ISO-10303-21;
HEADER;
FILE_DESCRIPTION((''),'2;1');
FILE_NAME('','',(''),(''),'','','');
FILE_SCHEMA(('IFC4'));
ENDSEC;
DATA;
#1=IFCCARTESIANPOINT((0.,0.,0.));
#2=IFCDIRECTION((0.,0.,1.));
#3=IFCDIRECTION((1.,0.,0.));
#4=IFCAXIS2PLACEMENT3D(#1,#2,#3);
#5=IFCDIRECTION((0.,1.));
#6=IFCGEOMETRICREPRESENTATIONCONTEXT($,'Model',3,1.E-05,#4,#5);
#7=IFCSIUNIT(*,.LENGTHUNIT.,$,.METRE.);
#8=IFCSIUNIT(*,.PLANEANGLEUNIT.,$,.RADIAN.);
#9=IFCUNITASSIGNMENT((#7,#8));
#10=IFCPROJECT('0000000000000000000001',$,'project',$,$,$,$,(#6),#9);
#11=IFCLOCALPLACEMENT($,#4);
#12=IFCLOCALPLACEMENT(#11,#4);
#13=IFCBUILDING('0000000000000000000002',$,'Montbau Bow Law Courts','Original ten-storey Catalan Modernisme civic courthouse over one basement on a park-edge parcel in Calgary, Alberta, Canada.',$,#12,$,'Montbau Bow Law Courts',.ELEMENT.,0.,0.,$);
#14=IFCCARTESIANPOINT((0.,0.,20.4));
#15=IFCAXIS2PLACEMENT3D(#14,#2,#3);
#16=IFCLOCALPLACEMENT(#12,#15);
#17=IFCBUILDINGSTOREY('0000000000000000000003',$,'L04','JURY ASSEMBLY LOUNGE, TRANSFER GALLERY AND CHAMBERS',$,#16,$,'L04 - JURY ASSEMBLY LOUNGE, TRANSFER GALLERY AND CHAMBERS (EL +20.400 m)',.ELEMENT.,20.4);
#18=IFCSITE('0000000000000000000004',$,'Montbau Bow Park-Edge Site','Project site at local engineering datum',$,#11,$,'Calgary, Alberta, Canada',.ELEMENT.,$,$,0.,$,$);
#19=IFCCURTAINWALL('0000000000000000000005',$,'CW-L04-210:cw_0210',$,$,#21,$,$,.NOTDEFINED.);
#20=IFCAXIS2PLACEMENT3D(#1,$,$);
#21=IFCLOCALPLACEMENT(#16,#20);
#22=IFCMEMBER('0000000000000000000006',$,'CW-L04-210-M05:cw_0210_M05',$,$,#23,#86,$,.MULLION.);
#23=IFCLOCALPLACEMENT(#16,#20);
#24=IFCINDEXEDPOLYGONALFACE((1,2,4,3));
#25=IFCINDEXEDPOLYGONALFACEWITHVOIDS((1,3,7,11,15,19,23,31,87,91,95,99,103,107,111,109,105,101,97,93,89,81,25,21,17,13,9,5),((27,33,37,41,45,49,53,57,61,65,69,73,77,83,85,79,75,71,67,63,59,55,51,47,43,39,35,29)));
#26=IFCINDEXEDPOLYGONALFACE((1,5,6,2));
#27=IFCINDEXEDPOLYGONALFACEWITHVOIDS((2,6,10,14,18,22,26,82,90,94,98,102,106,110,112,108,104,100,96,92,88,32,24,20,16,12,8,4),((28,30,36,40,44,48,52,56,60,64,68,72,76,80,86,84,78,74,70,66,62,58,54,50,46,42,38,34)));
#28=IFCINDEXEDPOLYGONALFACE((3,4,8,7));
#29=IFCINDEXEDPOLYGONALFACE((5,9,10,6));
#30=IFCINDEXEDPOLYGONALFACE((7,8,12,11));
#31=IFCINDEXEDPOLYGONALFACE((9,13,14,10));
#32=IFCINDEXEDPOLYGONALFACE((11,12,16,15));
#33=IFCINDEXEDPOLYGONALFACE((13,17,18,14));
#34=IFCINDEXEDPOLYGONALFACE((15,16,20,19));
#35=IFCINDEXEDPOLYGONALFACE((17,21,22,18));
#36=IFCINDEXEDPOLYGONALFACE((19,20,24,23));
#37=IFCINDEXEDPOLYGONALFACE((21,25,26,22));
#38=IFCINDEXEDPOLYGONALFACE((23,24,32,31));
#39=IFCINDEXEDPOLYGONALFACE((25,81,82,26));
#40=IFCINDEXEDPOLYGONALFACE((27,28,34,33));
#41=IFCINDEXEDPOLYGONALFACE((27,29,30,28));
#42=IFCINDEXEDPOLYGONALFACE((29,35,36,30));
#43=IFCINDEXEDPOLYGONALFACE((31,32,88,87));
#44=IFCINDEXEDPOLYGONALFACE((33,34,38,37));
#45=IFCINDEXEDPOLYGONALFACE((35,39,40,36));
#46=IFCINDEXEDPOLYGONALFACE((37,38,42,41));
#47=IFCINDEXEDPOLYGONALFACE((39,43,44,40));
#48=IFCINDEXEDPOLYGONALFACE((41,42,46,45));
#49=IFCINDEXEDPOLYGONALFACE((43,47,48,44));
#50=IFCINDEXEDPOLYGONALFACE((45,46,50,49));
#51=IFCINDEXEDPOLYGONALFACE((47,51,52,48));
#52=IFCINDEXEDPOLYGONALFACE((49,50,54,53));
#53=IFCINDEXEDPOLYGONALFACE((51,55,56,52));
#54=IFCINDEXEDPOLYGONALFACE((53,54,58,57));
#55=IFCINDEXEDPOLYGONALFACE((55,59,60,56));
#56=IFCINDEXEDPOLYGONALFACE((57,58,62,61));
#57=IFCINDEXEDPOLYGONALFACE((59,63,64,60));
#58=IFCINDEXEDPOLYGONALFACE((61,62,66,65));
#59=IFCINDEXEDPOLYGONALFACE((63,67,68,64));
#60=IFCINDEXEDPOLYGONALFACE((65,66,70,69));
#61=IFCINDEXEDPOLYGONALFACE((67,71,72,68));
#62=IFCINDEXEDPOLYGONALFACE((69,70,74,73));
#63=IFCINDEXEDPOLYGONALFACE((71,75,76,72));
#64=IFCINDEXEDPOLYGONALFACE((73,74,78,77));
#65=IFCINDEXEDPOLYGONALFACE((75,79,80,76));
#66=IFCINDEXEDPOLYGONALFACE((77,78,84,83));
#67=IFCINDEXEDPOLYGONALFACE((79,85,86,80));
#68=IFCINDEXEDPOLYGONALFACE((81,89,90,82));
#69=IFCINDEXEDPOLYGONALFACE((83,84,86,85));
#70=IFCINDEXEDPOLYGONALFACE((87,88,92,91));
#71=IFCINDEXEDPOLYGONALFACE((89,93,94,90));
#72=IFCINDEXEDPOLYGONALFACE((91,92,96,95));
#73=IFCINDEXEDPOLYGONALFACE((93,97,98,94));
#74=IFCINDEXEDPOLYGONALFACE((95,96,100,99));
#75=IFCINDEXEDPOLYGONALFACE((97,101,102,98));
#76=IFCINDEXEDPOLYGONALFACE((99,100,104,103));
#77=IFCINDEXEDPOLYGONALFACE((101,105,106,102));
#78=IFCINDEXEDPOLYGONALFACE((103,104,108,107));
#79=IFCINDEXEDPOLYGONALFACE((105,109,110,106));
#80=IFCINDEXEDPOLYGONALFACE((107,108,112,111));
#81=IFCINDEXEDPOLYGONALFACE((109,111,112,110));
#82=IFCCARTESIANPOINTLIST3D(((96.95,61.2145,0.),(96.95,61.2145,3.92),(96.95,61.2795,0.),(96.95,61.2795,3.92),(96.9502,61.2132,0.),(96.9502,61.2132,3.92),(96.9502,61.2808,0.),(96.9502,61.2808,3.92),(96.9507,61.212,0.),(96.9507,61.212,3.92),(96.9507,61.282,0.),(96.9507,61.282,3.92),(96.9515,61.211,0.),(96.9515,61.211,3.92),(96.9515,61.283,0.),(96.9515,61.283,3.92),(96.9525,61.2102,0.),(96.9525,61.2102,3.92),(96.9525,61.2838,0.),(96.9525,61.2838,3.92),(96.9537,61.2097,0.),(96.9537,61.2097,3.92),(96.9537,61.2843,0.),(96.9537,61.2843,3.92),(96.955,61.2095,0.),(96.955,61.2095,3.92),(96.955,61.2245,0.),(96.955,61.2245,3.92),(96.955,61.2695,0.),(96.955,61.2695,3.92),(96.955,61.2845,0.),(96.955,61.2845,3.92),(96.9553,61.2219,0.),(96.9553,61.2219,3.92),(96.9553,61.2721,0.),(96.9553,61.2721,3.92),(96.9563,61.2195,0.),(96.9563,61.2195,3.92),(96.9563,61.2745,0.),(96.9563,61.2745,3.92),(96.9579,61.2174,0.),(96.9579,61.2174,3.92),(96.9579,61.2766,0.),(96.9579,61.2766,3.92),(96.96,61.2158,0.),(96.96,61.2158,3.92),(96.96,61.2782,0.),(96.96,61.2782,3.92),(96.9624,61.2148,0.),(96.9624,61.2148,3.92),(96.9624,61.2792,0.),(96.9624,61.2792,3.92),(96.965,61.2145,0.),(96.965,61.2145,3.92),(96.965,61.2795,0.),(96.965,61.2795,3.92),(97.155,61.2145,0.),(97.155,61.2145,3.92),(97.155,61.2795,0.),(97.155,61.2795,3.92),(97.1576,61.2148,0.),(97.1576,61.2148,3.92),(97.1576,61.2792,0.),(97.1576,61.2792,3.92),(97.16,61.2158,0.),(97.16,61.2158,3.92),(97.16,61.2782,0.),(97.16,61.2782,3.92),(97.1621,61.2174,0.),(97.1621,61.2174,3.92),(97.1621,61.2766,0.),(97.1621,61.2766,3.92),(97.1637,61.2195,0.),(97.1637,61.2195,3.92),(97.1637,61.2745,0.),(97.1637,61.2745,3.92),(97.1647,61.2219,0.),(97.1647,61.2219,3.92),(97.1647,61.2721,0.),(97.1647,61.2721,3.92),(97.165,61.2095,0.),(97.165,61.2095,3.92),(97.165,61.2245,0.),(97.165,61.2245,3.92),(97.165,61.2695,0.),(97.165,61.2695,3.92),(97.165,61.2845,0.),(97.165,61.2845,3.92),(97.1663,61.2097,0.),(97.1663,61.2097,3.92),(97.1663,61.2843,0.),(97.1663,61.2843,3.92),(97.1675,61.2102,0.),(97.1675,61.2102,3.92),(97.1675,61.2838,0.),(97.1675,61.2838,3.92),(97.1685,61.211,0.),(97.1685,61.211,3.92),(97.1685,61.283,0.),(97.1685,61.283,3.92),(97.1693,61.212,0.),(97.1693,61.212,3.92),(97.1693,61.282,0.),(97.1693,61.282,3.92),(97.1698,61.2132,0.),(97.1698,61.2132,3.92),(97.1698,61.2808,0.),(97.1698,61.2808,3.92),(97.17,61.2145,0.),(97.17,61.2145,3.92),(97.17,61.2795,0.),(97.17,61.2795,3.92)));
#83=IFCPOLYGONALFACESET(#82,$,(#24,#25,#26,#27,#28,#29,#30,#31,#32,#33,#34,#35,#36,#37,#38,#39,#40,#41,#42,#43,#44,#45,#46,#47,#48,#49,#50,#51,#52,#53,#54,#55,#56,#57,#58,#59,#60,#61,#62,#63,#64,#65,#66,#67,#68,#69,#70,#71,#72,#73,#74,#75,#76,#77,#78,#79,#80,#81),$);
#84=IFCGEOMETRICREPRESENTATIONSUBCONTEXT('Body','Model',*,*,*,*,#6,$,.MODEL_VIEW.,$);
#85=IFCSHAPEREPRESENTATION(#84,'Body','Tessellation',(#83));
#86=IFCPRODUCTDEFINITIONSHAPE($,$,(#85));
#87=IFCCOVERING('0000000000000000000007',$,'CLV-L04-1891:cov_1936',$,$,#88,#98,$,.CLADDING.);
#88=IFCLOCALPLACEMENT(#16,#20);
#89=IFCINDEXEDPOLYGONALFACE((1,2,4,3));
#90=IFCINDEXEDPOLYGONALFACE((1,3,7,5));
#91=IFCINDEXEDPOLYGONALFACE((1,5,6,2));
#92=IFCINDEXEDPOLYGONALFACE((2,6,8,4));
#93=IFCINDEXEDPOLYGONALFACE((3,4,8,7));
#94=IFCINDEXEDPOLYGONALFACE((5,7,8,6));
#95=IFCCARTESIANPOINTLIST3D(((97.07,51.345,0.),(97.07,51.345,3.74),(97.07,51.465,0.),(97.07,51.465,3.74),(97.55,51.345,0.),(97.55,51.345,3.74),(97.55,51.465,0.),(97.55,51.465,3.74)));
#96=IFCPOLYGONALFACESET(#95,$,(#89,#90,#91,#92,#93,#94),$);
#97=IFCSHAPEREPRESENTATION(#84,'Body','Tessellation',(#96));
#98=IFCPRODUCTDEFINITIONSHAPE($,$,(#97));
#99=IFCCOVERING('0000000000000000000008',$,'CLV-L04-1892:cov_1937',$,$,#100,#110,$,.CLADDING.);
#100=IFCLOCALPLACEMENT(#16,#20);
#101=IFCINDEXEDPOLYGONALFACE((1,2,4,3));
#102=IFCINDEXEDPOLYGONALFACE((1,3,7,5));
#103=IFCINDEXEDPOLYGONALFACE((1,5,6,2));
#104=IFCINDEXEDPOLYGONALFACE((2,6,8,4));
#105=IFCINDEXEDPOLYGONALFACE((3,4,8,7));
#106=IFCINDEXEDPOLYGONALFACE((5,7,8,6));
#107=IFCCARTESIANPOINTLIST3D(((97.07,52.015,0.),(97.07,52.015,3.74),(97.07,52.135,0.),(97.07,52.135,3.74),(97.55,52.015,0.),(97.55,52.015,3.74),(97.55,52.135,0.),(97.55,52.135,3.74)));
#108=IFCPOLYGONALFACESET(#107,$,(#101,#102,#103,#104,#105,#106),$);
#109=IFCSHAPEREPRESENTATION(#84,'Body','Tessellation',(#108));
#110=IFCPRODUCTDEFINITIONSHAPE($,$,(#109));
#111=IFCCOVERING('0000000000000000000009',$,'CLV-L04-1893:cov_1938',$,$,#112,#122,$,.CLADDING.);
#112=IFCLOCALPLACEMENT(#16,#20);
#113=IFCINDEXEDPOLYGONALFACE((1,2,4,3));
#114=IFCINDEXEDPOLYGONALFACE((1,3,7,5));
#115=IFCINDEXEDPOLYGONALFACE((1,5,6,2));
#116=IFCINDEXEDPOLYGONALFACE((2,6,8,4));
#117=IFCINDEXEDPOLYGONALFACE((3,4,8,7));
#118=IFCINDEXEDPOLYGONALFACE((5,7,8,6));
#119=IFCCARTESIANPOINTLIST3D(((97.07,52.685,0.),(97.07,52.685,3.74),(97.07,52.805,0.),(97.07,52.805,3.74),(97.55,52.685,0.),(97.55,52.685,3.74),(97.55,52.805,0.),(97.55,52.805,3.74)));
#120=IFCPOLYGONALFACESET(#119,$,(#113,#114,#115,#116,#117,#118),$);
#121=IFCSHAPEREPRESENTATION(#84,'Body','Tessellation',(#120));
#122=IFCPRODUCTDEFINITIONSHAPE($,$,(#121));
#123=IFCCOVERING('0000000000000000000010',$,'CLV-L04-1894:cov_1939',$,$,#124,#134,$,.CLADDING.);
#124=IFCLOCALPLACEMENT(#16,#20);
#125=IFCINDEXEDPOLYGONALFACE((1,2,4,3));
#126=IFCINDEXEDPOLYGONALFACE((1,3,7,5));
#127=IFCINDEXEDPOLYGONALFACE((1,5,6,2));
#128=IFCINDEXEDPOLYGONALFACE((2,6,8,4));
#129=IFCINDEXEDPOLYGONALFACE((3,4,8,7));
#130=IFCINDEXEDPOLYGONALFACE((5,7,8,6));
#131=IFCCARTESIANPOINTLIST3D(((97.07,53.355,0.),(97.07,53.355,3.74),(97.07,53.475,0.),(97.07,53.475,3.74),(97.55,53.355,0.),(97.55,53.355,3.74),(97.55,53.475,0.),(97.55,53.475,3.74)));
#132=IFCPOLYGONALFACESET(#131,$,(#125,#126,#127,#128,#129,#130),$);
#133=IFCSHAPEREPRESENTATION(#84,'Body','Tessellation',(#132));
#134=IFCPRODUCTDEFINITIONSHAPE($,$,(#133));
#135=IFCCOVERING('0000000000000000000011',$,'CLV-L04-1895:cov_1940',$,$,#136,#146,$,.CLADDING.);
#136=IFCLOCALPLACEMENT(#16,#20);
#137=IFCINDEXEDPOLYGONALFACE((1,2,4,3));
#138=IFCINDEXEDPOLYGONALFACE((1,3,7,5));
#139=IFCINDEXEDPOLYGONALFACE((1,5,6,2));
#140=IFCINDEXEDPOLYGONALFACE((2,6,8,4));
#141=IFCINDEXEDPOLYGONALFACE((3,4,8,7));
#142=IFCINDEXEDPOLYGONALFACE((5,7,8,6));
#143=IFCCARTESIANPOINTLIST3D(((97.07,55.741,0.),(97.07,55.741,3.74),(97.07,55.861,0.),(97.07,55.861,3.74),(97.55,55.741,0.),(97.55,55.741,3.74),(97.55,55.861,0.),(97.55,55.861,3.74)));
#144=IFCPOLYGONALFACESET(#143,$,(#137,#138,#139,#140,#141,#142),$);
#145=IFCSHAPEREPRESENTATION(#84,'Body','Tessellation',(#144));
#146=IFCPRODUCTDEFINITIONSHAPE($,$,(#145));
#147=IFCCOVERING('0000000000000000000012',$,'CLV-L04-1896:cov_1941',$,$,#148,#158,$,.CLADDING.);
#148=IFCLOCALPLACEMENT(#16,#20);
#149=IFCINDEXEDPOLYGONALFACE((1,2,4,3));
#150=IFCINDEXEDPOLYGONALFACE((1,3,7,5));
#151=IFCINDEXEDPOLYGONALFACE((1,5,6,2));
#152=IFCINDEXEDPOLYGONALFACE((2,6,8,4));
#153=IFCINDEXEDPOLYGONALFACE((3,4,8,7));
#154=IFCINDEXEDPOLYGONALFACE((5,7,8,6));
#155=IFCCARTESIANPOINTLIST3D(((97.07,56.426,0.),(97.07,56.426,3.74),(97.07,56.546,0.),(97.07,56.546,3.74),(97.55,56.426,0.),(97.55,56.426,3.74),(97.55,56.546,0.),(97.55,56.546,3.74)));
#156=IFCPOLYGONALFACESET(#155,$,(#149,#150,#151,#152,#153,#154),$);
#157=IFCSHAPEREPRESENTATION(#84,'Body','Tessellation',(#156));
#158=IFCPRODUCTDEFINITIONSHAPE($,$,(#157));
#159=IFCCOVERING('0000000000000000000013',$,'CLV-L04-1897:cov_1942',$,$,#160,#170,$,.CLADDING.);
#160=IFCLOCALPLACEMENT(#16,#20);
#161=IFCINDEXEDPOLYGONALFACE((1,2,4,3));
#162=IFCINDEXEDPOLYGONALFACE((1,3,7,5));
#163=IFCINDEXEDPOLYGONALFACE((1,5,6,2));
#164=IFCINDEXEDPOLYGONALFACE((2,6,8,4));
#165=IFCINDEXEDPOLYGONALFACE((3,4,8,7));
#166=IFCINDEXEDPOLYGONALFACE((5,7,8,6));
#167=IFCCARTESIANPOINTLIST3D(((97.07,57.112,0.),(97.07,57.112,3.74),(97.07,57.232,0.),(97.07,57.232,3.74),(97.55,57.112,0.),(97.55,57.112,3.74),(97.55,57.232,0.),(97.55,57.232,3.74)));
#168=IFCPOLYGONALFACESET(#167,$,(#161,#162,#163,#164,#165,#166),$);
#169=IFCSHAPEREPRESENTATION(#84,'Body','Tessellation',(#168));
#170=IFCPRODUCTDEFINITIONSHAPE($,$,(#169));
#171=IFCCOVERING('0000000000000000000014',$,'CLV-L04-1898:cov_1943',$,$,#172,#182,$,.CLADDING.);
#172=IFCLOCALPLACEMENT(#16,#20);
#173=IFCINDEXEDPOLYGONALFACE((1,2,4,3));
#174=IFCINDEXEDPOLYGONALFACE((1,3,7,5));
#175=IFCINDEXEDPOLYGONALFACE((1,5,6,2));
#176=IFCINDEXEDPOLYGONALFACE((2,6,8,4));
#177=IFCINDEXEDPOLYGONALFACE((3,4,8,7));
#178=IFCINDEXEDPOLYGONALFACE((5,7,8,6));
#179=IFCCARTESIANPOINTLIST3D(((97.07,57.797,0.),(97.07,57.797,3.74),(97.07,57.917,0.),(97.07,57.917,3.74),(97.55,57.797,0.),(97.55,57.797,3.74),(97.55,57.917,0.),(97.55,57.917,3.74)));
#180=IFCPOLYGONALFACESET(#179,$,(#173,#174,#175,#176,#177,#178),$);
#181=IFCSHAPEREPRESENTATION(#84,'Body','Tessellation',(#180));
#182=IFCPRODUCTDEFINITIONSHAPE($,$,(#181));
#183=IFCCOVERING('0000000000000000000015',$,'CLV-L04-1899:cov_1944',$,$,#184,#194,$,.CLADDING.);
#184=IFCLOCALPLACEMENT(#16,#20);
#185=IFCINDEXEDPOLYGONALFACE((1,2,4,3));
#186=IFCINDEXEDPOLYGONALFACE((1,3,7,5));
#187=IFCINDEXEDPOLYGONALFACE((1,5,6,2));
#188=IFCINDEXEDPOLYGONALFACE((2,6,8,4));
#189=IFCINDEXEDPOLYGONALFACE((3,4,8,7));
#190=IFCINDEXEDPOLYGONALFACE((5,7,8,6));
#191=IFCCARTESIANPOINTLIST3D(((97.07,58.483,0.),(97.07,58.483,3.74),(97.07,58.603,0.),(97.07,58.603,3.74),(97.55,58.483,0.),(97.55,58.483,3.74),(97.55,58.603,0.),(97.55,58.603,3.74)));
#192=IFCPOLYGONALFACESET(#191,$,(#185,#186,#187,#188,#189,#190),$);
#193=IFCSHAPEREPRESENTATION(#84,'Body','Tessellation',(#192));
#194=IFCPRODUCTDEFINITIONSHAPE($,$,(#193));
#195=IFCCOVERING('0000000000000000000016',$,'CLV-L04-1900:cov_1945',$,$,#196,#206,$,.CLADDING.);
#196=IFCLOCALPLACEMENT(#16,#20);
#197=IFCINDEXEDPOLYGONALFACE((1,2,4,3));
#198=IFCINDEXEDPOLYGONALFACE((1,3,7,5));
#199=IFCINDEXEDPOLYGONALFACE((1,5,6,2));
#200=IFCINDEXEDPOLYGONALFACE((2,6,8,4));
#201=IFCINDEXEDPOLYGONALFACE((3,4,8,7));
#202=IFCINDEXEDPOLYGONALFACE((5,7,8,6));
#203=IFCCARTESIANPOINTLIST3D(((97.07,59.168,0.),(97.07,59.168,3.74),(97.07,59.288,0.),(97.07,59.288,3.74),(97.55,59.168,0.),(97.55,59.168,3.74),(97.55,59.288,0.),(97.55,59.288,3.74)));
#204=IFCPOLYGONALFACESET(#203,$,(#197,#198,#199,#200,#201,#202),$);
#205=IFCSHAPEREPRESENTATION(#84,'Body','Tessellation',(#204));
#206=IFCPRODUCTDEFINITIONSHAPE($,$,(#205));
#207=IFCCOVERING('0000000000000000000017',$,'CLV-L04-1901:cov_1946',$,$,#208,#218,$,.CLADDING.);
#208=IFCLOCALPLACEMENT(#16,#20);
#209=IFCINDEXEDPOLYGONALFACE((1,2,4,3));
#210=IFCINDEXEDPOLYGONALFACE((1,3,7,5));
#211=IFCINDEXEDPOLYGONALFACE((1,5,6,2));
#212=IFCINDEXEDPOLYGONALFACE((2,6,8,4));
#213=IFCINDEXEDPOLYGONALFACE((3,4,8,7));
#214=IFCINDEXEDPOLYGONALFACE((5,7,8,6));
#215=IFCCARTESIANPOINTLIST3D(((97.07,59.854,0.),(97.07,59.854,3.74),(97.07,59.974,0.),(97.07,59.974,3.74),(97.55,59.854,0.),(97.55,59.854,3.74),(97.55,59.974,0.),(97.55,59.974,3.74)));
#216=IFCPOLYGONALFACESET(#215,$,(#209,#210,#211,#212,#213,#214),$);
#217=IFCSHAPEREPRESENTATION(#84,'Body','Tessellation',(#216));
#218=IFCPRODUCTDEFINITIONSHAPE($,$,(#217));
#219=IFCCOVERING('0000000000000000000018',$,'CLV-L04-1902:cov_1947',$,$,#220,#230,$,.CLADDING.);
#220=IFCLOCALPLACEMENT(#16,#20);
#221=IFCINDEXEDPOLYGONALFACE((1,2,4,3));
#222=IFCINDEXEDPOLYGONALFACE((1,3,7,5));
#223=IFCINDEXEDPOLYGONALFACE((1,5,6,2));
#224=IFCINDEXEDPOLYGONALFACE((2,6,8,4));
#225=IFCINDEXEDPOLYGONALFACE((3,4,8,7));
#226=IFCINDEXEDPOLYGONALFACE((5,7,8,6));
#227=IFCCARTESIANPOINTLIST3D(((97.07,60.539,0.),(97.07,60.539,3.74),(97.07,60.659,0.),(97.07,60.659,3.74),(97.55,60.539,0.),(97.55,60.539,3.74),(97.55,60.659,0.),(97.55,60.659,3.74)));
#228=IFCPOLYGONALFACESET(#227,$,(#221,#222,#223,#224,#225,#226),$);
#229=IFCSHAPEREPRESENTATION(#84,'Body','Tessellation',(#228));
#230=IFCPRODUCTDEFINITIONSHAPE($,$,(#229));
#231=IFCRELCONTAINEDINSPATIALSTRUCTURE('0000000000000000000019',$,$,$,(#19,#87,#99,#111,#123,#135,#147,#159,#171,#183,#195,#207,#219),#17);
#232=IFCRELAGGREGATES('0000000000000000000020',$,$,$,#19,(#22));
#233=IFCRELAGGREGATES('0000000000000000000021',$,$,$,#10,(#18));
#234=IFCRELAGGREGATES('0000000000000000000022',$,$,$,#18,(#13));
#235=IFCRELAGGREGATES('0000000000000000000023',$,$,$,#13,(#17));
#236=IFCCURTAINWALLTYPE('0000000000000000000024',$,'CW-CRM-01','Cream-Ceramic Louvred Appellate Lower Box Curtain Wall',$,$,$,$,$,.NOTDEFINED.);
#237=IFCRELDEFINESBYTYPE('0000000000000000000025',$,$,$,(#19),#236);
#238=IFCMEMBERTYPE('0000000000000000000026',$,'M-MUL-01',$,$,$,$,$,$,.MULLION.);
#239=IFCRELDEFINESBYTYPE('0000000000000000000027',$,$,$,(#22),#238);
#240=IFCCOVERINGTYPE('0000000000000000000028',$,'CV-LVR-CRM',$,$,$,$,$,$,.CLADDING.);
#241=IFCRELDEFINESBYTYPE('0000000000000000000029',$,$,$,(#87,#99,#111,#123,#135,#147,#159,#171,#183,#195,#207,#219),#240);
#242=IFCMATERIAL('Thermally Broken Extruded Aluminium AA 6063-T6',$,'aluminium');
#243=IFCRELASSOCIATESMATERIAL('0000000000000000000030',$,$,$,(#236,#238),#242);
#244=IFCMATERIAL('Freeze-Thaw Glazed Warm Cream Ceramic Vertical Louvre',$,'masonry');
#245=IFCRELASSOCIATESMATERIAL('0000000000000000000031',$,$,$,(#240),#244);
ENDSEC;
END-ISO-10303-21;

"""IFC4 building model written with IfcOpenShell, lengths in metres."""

from ifc_helpers import new_model, si_unit, direction, frame, frame_2d, origin_with_axes, origin_2d_with_axis, place, context, subcontext, project, spatial, rectangle, hollow_rectangle, extrude, material, material_profile, profile_set, type_object, element, aggregate, save


model = new_model("IFC4")

# Units and contexts
model_context = context("Model", 3, precision=1e-05, world=origin_with_axes(), true_north=direction((0.0, 1.0)))
body_context = subcontext(model_context, "Body", "Model", "MODEL_VIEW")
ifc_project = project(units=[si_unit("LENGTHUNIT", "METRE"), si_unit("PLANEANGLEUNIT", "RADIAN")], contexts=[model_context])

# Site, building, storey
site_placement = place(None, origin_with_axes())
site = spatial("IfcSite", under=ifc_project, at=site_placement, Name="Montbau Bow Park-Edge Site", Description="Project site at local engineering datum", LongName="Calgary, Alberta, Canada", CompositionType="ELEMENT", RefElevation=0.0)
building_placement = place(site_placement, origin_with_axes())
building = spatial("IfcBuilding", under=site, at=building_placement, Name="Montbau Bow Law Courts", Description="Original ten-storey Catalan Modernisme civic courthouse over one basement on a park-edge parcel in Calgary, Alberta, Canada.", LongName="Montbau Bow Law Courts", CompositionType="ELEMENT", ElevationOfRefHeight=0.0, ElevationOfTerrain=0.0)
storey_placement = place(building_placement, frame((0.0, 0.0, 20.4), z_axis=(0.0, 0.0, 1.0), x_axis=(1.0, 0.0, 0.0)))
storey = spatial("IfcBuildingStorey", under=building, at=storey_placement, Name="L04", Description="JURY ASSEMBLY LOUNGE, TRANSFER GALLERY AND CHAMBERS", LongName="L04 - JURY ASSEMBLY LOUNGE, TRANSFER GALLERY AND CHAMBERS (EL +20.400 m)", CompositionType="ELEMENT", Elevation=20.4)

# Curtain wall, member
ifc_material_1 = material(Name="Thermally Broken Extruded Aluminium AA 6063-T6", Category="aluminium")
curtain_wall_type = type_object("IfcCurtainWallType", Name="CW-CRM-01", Description="Cream-Ceramic Louvred Appellate Lower Box Curtain Wall", PredefinedType="NOTDEFINED", material=ifc_material_1)
curtain_wall_placement = place(None, frame((97.06, 55.115, 20.4), z_axis=(0.0, 0.0, 1.0), x_axis=(1.0, 0.0, 0.0)))
curtain_wall = element("IfcCurtainWall", 1, at=curtain_wall_placement, inside=storey, type_object=curtain_wall_type, Name="CW-L04-210:cw_0210", PredefinedType="NOTDEFINED")
ifc_material_profile_1 = material_profile(ifc_material_1, hollow_rectangle(XDim=0.075, YDim=0.22, WallThickness=0.005, InnerFilletRadius=0.01, OuterFilletRadius=0.005, at=origin_2d_with_axis()), Name="CWM-220X75", Category="Main", Priority=0)
ifc_profile_set_1 = profile_set([ifc_material_profile_1], Name="Thermally Broken Extruded Aluminium AA 6063-T6")
member_type = type_object("IfcMemberType", Name="M-MUL-01", PredefinedType="MULLION", material=ifc_profile_set_1)
member_placement = place(None, frame((97.06, 61.247, 20.4), z_axis=(0.0, 0.0, 1.0), x_axis=(0.0, 1.0, 0.0)))
member = element("IfcMember", 2, at=member_placement, type_object=member_type, Name="CW-L04-210-M05:cw_0210_M05", PredefinedType="MULLION", context=body_context, shape_type="SweptSolid", body=[
    extrude(hollow_rectangle(XDim=0.075, YDim=0.22, WallThickness=0.005, InnerFilletRadius=0.01, OuterFilletRadius=0.005, at=origin_2d_with_axis()), origin_with_axes(), (0.0, 0.0, 1.0), 3.92),
])
aggregate(curtain_wall, [member])

# Coverings
ifc_material_2 = material(Name="Freeze-Thaw Glazed Warm Cream Ceramic Vertical Louvre", Category="masonry")
covering_type = type_object("IfcCoveringType", Name="CV-LVR-CRM", PredefinedType="CLADDING", material=ifc_material_2)
for number, where, z_axis, x_axis, name in (
    (3, (97.07, 51.405, 20.4), (0.0, -1.0, 0.0), (1.0, 0.0, 0.0), "CLV-L04-1891:cov_1936"),
    (4, (97.07, 52.075, 20.4), (0.0, -1.0, 0.0), (1.0, 0.0, 0.0), "CLV-L04-1892:cov_1937"),
    (5, (97.07, 52.745, 20.4), (0.0, -1.0, 0.0), (1.0, 0.0, 0.0), "CLV-L04-1893:cov_1938"),
    (6, (97.07, 53.415, 20.4), (0.0, -1.0, 0.0), (1.0, 0.0, 0.0), "CLV-L04-1894:cov_1939"),
    (7, (97.07, 55.801, 20.4), (0.0, -1.0, 0.0), (1.0, 0.0, 0.0), "CLV-L04-1895:cov_1940"),
    (8, (97.07, 56.486, 20.4), (0.0, -1.0, 0.0), (1.0, 0.0, 0.0), "CLV-L04-1896:cov_1941"),
    (9, (97.07, 57.172, 20.4), (0.0, -1.0, 0.0), (1.0, 0.0, 0.0), "CLV-L04-1897:cov_1942"),
    (10, (97.07, 57.857, 20.4), (0.0, -1.0, 0.0), (1.0, 0.0, 0.0), "CLV-L04-1898:cov_1943"),
    (11, (97.07, 58.543, 20.4), (0.0, -1.0, 0.0), (1.0, 0.0, 0.0), "CLV-L04-1899:cov_1944"),
    (12, (97.07, 59.228, 20.4), (0.0, -1.0, 0.0), (1.0, 0.0, 0.0), "CLV-L04-1900:cov_1945"),
    (13, (97.07, 59.914, 20.4), (0.0, -1.0, 0.0), (1.0, 0.0, 0.0), "CLV-L04-1901:cov_1946"),
    (14, (97.07, 60.599, 20.4), (0.0, -1.0, 0.0), (1.0, 0.0, 0.0), "CLV-L04-1902:cov_1947"),
):
    element("IfcCovering", number, at=place(None, frame(where, z_axis=z_axis, x_axis=x_axis)), inside=storey, type_object=covering_type, Name=name, PredefinedType="CLADDING", context=body_context, shape_type="SweptSolid", body=[
        extrude(rectangle(XDim=0.48, YDim=3.74, at=frame_2d((0.24, 1.87), x_axis=(1.0, 0.0))), frame((0.0, 0.0, -0.06), z_axis=(0.0, 0.0, 1.0), x_axis=(1.0, 0.0, 0.0)), (0.0, 0.0, 1.0), 0.12),
    ])

save(model, "model.ifc")
